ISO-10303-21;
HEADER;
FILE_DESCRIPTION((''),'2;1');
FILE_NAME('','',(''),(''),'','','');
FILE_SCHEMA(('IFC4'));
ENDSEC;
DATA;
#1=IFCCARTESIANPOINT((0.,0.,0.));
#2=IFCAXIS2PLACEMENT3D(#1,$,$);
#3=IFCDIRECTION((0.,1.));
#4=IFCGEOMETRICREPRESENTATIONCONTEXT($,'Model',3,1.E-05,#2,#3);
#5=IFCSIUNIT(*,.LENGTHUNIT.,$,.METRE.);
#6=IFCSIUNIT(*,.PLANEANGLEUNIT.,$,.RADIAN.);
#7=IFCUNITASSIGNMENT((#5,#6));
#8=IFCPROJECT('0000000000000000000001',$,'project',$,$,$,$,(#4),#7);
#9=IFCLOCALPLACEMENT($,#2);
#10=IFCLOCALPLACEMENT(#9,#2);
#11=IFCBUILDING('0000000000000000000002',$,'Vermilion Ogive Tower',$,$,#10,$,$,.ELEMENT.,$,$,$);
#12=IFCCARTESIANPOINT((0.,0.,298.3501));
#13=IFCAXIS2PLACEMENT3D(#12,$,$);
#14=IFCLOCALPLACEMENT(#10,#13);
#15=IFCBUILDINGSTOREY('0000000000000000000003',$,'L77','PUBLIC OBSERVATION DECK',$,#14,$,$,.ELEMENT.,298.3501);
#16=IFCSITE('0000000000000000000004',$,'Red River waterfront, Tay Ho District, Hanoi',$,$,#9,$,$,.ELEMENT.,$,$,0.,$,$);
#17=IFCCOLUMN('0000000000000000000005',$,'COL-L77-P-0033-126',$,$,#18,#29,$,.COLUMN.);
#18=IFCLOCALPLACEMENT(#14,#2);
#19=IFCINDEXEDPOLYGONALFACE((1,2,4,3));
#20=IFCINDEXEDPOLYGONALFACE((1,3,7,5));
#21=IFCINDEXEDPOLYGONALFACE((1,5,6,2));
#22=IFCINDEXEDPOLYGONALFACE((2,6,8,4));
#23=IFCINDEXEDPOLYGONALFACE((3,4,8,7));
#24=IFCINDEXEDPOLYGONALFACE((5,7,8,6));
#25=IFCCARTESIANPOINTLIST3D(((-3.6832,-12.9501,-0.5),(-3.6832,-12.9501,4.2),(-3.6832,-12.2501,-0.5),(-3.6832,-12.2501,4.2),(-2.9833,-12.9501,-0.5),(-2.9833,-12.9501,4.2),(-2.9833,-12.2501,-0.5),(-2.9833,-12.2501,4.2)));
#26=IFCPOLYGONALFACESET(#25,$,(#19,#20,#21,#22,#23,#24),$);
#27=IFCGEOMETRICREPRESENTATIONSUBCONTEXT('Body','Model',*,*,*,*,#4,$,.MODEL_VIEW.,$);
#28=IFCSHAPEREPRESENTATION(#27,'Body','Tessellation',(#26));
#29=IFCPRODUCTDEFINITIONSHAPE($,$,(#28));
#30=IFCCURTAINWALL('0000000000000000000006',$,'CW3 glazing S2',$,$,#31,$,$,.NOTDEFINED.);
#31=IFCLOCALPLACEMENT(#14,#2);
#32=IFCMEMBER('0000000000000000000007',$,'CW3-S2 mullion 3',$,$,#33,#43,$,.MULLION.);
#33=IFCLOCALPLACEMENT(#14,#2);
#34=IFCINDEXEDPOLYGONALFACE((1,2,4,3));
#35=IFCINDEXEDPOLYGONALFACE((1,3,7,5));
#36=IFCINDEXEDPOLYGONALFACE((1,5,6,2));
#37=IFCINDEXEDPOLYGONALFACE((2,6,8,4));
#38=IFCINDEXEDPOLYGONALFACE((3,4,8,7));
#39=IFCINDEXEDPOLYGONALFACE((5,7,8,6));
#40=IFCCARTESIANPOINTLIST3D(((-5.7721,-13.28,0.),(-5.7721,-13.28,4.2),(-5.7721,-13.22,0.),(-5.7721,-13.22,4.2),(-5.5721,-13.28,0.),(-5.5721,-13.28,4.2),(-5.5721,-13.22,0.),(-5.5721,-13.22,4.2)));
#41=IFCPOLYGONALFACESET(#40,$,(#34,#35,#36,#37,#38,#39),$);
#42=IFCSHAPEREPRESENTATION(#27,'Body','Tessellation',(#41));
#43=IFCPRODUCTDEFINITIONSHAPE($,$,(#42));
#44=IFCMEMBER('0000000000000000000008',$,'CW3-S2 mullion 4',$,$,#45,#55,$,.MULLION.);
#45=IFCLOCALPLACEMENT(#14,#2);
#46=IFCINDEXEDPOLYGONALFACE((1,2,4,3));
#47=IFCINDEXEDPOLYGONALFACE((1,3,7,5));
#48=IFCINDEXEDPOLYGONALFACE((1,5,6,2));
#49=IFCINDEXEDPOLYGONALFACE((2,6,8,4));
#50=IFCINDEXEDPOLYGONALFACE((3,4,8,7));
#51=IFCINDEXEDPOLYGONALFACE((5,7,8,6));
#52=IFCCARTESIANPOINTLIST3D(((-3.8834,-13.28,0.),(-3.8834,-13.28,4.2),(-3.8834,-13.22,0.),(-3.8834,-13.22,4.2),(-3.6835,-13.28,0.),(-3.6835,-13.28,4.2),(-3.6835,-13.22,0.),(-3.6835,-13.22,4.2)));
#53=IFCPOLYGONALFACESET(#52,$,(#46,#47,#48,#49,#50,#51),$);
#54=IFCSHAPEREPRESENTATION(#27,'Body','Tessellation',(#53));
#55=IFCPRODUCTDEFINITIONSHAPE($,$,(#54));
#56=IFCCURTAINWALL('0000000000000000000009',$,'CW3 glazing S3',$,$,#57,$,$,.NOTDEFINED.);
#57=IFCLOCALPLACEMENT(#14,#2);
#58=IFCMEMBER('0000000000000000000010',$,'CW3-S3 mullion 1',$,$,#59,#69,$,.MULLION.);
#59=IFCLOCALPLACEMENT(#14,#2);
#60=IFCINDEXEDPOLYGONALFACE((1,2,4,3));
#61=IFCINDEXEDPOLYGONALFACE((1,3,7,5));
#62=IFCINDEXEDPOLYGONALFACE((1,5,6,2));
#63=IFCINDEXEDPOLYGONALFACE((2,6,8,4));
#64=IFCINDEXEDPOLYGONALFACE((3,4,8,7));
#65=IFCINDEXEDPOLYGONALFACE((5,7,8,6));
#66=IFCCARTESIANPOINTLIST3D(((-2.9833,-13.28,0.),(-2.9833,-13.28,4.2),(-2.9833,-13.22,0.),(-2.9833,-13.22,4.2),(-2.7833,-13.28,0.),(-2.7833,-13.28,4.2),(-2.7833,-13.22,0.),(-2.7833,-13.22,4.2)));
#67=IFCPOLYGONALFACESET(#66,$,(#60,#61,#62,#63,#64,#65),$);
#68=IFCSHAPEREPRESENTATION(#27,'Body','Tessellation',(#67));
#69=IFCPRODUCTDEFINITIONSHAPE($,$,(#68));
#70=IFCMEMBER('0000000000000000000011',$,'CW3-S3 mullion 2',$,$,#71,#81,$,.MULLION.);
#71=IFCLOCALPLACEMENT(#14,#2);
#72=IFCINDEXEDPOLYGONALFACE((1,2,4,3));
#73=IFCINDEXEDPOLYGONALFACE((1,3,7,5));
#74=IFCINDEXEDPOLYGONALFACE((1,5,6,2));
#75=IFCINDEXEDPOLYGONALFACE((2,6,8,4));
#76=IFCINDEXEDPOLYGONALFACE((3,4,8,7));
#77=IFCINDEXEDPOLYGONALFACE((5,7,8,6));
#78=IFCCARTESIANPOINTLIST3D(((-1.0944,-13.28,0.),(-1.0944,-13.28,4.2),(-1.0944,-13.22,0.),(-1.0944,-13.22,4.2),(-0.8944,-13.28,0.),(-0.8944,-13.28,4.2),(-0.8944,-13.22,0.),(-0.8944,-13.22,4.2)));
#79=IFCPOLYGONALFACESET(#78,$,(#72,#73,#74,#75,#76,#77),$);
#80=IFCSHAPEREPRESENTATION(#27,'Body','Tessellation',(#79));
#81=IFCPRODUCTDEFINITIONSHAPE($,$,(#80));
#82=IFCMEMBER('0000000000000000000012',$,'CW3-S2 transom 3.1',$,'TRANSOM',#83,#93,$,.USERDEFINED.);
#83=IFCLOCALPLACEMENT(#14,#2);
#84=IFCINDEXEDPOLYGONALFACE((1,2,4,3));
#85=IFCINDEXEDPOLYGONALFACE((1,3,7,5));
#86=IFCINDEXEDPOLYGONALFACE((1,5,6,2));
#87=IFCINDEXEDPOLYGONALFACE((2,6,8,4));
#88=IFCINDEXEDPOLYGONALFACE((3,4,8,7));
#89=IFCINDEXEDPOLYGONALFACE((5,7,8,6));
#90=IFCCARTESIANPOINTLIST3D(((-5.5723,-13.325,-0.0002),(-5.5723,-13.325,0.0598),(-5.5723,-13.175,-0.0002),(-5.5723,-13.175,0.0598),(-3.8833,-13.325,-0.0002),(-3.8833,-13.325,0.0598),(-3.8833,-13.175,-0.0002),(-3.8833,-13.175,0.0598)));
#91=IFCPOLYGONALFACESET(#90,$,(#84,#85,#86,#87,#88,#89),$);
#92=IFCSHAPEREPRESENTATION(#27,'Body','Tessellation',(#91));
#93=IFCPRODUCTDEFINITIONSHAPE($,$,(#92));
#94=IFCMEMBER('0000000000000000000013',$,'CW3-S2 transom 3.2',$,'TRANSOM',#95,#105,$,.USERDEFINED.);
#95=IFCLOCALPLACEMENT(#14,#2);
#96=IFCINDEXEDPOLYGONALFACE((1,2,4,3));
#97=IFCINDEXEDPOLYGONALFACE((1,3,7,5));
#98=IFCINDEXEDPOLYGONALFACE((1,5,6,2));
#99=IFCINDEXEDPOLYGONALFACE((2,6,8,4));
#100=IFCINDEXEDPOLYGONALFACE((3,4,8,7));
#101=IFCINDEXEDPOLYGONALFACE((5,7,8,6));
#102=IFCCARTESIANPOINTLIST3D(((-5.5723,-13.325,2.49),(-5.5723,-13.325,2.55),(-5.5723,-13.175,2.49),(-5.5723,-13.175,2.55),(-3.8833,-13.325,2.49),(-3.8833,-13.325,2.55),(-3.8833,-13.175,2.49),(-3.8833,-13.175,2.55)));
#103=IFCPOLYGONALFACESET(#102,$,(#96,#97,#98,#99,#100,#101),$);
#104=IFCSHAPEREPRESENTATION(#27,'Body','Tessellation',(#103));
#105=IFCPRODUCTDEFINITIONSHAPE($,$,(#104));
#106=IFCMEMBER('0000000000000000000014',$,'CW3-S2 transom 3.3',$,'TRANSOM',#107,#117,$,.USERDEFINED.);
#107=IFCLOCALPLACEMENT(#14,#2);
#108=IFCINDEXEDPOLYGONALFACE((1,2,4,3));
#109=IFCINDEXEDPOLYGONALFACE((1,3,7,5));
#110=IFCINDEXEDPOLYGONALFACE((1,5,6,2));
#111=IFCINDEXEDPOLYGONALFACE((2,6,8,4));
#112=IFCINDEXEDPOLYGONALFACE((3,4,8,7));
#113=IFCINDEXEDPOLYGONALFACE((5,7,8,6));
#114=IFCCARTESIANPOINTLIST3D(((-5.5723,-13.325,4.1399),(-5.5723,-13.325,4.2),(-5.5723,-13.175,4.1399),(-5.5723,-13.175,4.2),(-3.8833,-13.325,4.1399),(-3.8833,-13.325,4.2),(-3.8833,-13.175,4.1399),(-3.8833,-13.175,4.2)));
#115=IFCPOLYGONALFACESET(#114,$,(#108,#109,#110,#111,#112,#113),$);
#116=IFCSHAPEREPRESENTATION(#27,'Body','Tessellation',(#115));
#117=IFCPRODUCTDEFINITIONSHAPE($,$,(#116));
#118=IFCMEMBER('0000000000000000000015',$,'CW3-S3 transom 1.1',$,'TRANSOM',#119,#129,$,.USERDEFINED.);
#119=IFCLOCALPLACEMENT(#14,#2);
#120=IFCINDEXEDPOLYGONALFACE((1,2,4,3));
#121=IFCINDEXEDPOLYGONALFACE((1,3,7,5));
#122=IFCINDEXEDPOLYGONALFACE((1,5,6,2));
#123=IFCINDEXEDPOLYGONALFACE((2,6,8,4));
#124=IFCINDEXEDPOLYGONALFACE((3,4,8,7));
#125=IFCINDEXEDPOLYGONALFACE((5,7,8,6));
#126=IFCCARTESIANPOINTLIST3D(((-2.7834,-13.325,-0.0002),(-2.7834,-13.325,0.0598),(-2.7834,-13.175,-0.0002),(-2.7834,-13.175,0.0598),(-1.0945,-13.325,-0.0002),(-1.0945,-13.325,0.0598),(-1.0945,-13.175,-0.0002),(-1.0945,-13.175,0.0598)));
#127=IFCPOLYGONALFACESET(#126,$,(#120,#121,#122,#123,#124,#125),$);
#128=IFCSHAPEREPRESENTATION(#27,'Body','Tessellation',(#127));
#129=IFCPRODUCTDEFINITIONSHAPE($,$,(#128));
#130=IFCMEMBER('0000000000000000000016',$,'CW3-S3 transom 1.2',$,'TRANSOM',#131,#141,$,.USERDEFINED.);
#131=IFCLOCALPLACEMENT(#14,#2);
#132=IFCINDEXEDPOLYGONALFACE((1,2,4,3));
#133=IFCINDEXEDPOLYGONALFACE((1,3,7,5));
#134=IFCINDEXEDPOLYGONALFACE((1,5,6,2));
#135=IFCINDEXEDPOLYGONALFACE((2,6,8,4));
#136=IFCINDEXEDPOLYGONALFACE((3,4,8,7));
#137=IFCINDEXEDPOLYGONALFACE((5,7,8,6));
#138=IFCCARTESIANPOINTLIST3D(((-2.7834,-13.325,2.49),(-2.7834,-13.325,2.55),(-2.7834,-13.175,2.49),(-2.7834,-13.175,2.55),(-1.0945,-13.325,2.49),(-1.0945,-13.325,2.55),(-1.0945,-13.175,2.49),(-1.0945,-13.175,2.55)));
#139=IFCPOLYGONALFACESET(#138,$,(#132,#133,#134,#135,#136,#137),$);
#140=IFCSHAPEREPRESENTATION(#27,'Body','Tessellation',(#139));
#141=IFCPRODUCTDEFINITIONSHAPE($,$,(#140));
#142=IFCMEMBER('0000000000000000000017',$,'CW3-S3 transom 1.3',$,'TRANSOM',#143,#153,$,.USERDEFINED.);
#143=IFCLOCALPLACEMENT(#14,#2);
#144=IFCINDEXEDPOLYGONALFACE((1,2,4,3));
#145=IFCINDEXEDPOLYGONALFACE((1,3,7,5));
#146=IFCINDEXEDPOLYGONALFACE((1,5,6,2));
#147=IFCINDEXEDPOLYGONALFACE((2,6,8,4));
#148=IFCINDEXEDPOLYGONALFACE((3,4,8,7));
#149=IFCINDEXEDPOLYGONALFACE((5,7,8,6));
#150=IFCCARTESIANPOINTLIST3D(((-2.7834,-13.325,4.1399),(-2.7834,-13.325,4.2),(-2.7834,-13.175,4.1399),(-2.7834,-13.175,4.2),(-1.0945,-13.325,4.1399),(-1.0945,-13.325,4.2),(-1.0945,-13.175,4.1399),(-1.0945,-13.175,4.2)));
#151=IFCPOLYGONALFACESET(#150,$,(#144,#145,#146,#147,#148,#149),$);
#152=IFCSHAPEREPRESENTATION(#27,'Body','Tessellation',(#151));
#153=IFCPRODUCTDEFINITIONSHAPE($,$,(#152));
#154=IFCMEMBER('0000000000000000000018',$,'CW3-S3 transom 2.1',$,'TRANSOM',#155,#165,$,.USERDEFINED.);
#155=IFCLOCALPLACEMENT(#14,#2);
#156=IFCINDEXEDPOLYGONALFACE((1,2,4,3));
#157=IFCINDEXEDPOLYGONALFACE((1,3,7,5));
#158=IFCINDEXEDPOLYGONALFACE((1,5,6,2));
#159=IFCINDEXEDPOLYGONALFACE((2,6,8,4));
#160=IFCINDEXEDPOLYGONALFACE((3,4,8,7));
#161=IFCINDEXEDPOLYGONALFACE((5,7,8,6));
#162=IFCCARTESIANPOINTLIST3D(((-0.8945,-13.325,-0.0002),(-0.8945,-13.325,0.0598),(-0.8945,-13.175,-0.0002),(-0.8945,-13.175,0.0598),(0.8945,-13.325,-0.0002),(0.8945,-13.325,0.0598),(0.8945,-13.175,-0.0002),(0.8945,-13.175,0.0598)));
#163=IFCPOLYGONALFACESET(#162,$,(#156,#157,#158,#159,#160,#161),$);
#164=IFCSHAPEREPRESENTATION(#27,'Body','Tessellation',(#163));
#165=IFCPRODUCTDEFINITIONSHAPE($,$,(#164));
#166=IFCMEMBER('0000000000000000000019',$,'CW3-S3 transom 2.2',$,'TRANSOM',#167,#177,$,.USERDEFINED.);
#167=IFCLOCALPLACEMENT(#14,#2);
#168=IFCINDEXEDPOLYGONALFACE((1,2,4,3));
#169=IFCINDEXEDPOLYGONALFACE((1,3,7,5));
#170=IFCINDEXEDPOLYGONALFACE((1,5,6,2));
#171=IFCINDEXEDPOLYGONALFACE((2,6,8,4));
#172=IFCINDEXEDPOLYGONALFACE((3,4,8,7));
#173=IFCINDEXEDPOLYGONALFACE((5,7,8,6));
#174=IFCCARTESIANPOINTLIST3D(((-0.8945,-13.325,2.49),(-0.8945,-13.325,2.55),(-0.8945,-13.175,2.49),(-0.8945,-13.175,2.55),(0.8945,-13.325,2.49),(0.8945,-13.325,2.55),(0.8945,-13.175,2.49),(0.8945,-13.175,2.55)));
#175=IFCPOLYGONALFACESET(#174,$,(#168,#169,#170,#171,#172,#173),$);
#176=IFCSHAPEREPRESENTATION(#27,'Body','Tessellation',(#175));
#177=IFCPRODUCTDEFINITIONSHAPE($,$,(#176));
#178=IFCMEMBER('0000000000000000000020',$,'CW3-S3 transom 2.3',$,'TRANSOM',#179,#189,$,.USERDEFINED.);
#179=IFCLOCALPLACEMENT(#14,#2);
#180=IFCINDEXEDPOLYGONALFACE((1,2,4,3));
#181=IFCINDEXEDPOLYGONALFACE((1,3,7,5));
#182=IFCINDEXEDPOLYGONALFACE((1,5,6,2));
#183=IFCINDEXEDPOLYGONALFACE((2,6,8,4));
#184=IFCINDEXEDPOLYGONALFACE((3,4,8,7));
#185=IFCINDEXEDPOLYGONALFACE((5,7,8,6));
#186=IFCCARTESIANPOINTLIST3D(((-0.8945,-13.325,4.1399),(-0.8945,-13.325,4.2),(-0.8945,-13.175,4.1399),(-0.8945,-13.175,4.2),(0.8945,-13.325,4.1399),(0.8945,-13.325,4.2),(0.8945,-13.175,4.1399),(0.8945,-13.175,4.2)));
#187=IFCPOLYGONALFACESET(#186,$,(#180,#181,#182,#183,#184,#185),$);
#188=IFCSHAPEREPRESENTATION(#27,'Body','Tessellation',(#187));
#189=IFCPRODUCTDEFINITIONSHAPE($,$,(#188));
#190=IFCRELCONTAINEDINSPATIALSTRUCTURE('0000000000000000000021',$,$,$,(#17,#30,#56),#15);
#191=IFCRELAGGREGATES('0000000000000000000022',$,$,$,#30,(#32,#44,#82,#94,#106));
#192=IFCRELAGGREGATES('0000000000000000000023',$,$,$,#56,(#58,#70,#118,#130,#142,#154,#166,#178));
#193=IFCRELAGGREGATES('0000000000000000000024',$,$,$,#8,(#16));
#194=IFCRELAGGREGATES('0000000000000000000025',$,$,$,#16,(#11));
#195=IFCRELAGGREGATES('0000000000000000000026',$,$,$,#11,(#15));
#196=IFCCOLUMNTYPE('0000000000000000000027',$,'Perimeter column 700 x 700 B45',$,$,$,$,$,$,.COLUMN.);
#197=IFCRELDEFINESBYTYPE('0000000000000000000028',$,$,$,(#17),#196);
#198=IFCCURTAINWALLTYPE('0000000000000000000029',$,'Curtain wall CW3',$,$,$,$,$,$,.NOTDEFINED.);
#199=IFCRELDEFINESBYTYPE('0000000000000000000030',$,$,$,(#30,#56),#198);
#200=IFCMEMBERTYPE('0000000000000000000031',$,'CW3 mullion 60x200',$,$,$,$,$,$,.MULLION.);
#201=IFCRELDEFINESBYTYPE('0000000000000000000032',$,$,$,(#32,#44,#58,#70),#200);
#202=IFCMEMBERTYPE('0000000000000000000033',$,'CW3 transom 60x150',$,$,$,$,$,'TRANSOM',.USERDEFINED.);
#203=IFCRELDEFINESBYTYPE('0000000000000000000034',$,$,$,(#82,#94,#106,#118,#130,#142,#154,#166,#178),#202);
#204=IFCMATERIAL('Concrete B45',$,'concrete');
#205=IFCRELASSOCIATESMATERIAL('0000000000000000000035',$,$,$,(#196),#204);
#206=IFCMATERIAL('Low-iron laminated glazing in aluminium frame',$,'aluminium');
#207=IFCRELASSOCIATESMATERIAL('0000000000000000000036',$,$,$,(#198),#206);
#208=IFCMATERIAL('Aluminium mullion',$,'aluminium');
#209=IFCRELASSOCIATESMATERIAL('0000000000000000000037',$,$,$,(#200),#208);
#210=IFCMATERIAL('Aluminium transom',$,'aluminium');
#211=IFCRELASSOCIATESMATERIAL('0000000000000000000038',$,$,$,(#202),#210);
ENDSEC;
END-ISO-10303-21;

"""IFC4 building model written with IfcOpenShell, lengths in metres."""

from ifc_helpers import new_model, si_unit, direction, frame, origin, origin_2d, place, context, subcontext, project, spatial, rectangle, extrude, material, material_profile, profile_set, type_object, element, aggregate, save


model = new_model("IFC4")

# Units and contexts
model_context = context("Model", 3, precision=1e-05, world=origin(), true_north=direction((0.0, 1.0)))
body_context = subcontext(model_context, "Body", "Model", "MODEL_VIEW")
ifc_project = project(units=[si_unit("LENGTHUNIT", "METRE"), si_unit("PLANEANGLEUNIT", "RADIAN")], contexts=[model_context])

# Site, building, storey
site_placement = place(None, origin())
site = spatial("IfcSite", under=ifc_project, at=site_placement, Name="Red River waterfront, Tay Ho District, Hanoi", CompositionType="ELEMENT", RefElevation=0.0)
building_placement = place(site_placement, origin())
building = spatial("IfcBuilding", under=site, at=building_placement, Name="Vermilion Ogive Tower", CompositionType="ELEMENT")
storey_placement = place(building_placement, frame((0.0, 0.0, 298.3501)))
storey = spatial("IfcBuildingStorey", under=building, at=storey_placement, Name="L77", Description="PUBLIC OBSERVATION DECK", CompositionType="ELEMENT", Elevation=298.3501)

# Column
ifc_material_1 = material(Name="Concrete B45", Category="concrete")
ifc_material_profile_1 = material_profile(ifc_material_1, rectangle(XDim=0.7, YDim=0.7, at=origin_2d()), Name="700 x 700")
ifc_profile_set_1 = profile_set([ifc_material_profile_1], Name="Concrete B45")
column_type = type_object("IfcColumnType", Name="Perimeter column 700 x 700 B45", PredefinedType="COLUMN", material=ifc_profile_set_1)
column_placement = place(storey_placement, frame((-3.3333, -12.6001, -0.5), z_axis=(0.0, 0.0, 1.0), x_axis=(1.0, 0.0, 0.0)))
element("IfcColumn", 1, at=column_placement, inside=storey, type_object=column_type, Name="COL-L77-P-0033-126", PredefinedType="COLUMN", context=body_context, shape_type="SweptSolid", body=[
    extrude(rectangle(XDim=0.7, YDim=0.7, at=origin_2d()), origin(), (0.0, 0.0, 1.0), 4.7),
])

# Curtain walls, members
ifc_material_2 = material(Name="Low-iron laminated glazing in aluminium frame", Category="aluminium")
curtain_wall_type = type_object("IfcCurtainWallType", Name="Curtain wall CW3", PredefinedType="NOTDEFINED", material=ifc_material_2)
curtain_wall_1_placement = place(storey_placement, origin())
curtain_wall_1 = element("IfcCurtainWall", 2, at=curtain_wall_1_placement, inside=storey, type_object=curtain_wall_type, Name="CW3 glazing S2", PredefinedType="NOTDEFINED")
ifc_material_3 = material(Name="Aluminium mullion", Category="aluminium")
ifc_material_profile_2 = material_profile(ifc_material_3, rectangle(XDim=0.0601, YDim=0.2, at=origin_2d()), Name="AL 60x200")
ifc_profile_set_2 = profile_set([ifc_material_profile_2], Name="Aluminium mullion")
member_type_1 = type_object("IfcMemberType", Name="CW3 mullion 60x200", PredefinedType="MULLION", material=ifc_profile_set_2)
member_1_placement = place(storey_placement, frame((-5.6721, -13.25, 0.0), z_axis=(0.0, 0.0, 1.0), x_axis=(0.0, 1.0, 0.0)))
member_1 = element("IfcMember", 3, at=member_1_placement, type_object=member_type_1, Name="CW3-S2 mullion 3", PredefinedType="MULLION", context=body_context, shape_type="SweptSolid", body=[
    extrude(rectangle(XDim=0.0601, YDim=0.2, at=origin_2d()), origin(), (0.0, 0.0, 1.0), 4.2),
])
member_2_placement = place(storey_placement, frame((-3.7834, -13.25, 0.0), z_axis=(0.0, 0.0, 1.0), x_axis=(0.0, 1.0, 0.0)))
member_2 = element("IfcMember", 4, at=member_2_placement, type_object=member_type_1, Name="CW3-S2 mullion 4", PredefinedType="MULLION", context=body_context, shape_type="SweptSolid", body=[
    extrude(rectangle(XDim=0.0601, YDim=0.2, at=origin_2d()), origin(), (0.0, 0.0, 1.0), 4.2),
])
curtain_wall_2_placement = place(storey_placement, origin())
curtain_wall_2 = element("IfcCurtainWall", 5, at=curtain_wall_2_placement, inside=storey, type_object=curtain_wall_type, Name="CW3 glazing S3", PredefinedType="NOTDEFINED")
member_3_placement = place(storey_placement, frame((-2.8833, -13.25, 0.0), z_axis=(0.0, 0.0, 1.0), x_axis=(0.0, 1.0, 0.0)))
member_3 = element("IfcMember", 6, at=member_3_placement, type_object=member_type_1, Name="CW3-S3 mullion 1", PredefinedType="MULLION", context=body_context, shape_type="SweptSolid", body=[
    extrude(rectangle(XDim=0.0601, YDim=0.2, at=origin_2d()), origin(), (0.0, 0.0, 1.0), 4.2),
])
member_4_placement = place(storey_placement, frame((-0.9944, -13.25, 0.0), z_axis=(0.0, 0.0, 1.0), x_axis=(0.0, 1.0, 0.0)))
member_4 = element("IfcMember", 7, at=member_4_placement, type_object=member_type_1, Name="CW3-S3 mullion 2", PredefinedType="MULLION", context=body_context, shape_type="SweptSolid", body=[
    extrude(rectangle(XDim=0.0601, YDim=0.2, at=origin_2d()), origin(), (0.0, 0.0, 1.0), 4.2),
])

# Members
ifc_material_4 = material(Name="Aluminium transom", Category="aluminium")
ifc_material_profile_3 = material_profile(ifc_material_4, rectangle(XDim=0.1499, YDim=0.0601, at=origin_2d()), Name="AL 60x150")
ifc_profile_set_3 = profile_set([ifc_material_profile_3], Name="Aluminium transom")
member_type_2 = type_object("IfcMemberType", Name="CW3 transom 60x150", ElementType="TRANSOM", PredefinedType="USERDEFINED", material=ifc_profile_set_3)
member_5_placement = place(storey_placement, frame((-5.5723, -13.25, 0.0298), z_axis=(1.0, 0.0, 0.0), x_axis=(0.0, 1.0, 0.0)))
member_5 = element("IfcMember", 8, at=member_5_placement, type_object=member_type_2, Name="CW3-S2 transom 3.1", ObjectType="TRANSOM", PredefinedType="USERDEFINED", context=body_context, shape_type="SweptSolid", body=[
    extrude(rectangle(XDim=0.1499, YDim=0.0601, at=origin_2d()), origin(), (0.0, 0.0, 1.0), 1.689),
])
member_6_placement = place(storey_placement, frame((-5.5723, -13.25, 2.52), z_axis=(1.0, 0.0, 0.0), x_axis=(0.0, 1.0, 0.0)))
member_6 = element("IfcMember", 9, at=member_6_placement, type_object=member_type_2, Name="CW3-S2 transom 3.2", ObjectType="TRANSOM", PredefinedType="USERDEFINED", context=body_context, shape_type="SweptSolid", body=[
    extrude(rectangle(XDim=0.1499, YDim=0.0601, at=origin_2d()), origin(), (0.0, 0.0, 1.0), 1.689),
])
member_7_placement = place(storey_placement, frame((-5.5723, -13.25, 4.1699), z_axis=(1.0, 0.0, 0.0), x_axis=(0.0, 1.0, 0.0)))
member_7 = element("IfcMember", 10, at=member_7_placement, type_object=member_type_2, Name="CW3-S2 transom 3.3", ObjectType="TRANSOM", PredefinedType="USERDEFINED", context=body_context, shape_type="SweptSolid", body=[
    extrude(rectangle(XDim=0.1499, YDim=0.0601, at=origin_2d()), origin(), (0.0, 0.0, 1.0), 1.689),
])
member_8_placement = place(storey_placement, frame((-2.7834, -13.25, 0.0298), z_axis=(1.0, 0.0, 0.0), x_axis=(0.0, 1.0, 0.0)))
member_8 = element("IfcMember", 11, at=member_8_placement, type_object=member_type_2, Name="CW3-S3 transom 1.1", ObjectType="TRANSOM", PredefinedType="USERDEFINED", context=body_context, shape_type="SweptSolid", body=[
    extrude(rectangle(XDim=0.1499, YDim=0.0601, at=origin_2d()), origin(), (0.0, 0.0, 1.0), 1.689),
])
member_9_placement = place(storey_placement, frame((-2.7834, -13.25, 2.52), z_axis=(1.0, 0.0, 0.0), x_axis=(0.0, 1.0, 0.0)))
member_9 = element("IfcMember", 12, at=member_9_placement, type_object=member_type_2, Name="CW3-S3 transom 1.2", ObjectType="TRANSOM", PredefinedType="USERDEFINED", context=body_context, shape_type="SweptSolid", body=[
    extrude(rectangle(XDim=0.1499, YDim=0.0601, at=origin_2d()), origin(), (0.0, 0.0, 1.0), 1.689),
])
member_10_placement = place(storey_placement, frame((-2.7834, -13.25, 4.1699), z_axis=(1.0, 0.0, 0.0), x_axis=(0.0, 1.0, 0.0)))
member_10 = element("IfcMember", 13, at=member_10_placement, type_object=member_type_2, Name="CW3-S3 transom 1.3", ObjectType="TRANSOM", PredefinedType="USERDEFINED", context=body_context, shape_type="SweptSolid", body=[
    extrude(rectangle(XDim=0.1499, YDim=0.0601, at=origin_2d()), origin(), (0.0, 0.0, 1.0), 1.689),
])
member_11_placement = place(storey_placement, frame((-0.8945, -13.25, 0.0298), z_axis=(1.0, 0.0, 0.0), x_axis=(0.0, 1.0, 0.0)))
member_11 = element("IfcMember", 14, at=member_11_placement, type_object=member_type_2, Name="CW3-S3 transom 2.1", ObjectType="TRANSOM", PredefinedType="USERDEFINED", context=body_context, shape_type="SweptSolid", body=[
    extrude(rectangle(XDim=0.1499, YDim=0.0601, at=origin_2d()), origin(), (0.0, 0.0, 1.0), 1.7891),
])
member_12_placement = place(storey_placement, frame((-0.8945, -13.25, 2.52), z_axis=(1.0, 0.0, 0.0), x_axis=(0.0, 1.0, 0.0)))
member_12 = element("IfcMember", 15, at=member_12_placement, type_object=member_type_2, Name="CW3-S3 transom 2.2", ObjectType="TRANSOM", PredefinedType="USERDEFINED", context=body_context, shape_type="SweptSolid", body=[
    extrude(rectangle(XDim=0.1499, YDim=0.0601, at=origin_2d()), origin(), (0.0, 0.0, 1.0), 1.7891),
])
member_13_placement = place(storey_placement, frame((-0.8945, -13.25, 4.1699), z_axis=(1.0, 0.0, 0.0), x_axis=(0.0, 1.0, 0.0)))
member_13 = element("IfcMember", 16, at=member_13_placement, type_object=member_type_2, Name="CW3-S3 transom 2.3", ObjectType="TRANSOM", PredefinedType="USERDEFINED", context=body_context, shape_type="SweptSolid", body=[
    extrude(rectangle(XDim=0.1499, YDim=0.0601, at=origin_2d()), origin(), (0.0, 0.0, 1.0), 1.7891),
])

aggregate(curtain_wall_1, [member_1, member_2, member_5, member_6, member_7])
aggregate(curtain_wall_2, [member_3, member_4, member_8, member_9, member_10, member_11, member_12, member_13])

save(model, "model.ifc")
